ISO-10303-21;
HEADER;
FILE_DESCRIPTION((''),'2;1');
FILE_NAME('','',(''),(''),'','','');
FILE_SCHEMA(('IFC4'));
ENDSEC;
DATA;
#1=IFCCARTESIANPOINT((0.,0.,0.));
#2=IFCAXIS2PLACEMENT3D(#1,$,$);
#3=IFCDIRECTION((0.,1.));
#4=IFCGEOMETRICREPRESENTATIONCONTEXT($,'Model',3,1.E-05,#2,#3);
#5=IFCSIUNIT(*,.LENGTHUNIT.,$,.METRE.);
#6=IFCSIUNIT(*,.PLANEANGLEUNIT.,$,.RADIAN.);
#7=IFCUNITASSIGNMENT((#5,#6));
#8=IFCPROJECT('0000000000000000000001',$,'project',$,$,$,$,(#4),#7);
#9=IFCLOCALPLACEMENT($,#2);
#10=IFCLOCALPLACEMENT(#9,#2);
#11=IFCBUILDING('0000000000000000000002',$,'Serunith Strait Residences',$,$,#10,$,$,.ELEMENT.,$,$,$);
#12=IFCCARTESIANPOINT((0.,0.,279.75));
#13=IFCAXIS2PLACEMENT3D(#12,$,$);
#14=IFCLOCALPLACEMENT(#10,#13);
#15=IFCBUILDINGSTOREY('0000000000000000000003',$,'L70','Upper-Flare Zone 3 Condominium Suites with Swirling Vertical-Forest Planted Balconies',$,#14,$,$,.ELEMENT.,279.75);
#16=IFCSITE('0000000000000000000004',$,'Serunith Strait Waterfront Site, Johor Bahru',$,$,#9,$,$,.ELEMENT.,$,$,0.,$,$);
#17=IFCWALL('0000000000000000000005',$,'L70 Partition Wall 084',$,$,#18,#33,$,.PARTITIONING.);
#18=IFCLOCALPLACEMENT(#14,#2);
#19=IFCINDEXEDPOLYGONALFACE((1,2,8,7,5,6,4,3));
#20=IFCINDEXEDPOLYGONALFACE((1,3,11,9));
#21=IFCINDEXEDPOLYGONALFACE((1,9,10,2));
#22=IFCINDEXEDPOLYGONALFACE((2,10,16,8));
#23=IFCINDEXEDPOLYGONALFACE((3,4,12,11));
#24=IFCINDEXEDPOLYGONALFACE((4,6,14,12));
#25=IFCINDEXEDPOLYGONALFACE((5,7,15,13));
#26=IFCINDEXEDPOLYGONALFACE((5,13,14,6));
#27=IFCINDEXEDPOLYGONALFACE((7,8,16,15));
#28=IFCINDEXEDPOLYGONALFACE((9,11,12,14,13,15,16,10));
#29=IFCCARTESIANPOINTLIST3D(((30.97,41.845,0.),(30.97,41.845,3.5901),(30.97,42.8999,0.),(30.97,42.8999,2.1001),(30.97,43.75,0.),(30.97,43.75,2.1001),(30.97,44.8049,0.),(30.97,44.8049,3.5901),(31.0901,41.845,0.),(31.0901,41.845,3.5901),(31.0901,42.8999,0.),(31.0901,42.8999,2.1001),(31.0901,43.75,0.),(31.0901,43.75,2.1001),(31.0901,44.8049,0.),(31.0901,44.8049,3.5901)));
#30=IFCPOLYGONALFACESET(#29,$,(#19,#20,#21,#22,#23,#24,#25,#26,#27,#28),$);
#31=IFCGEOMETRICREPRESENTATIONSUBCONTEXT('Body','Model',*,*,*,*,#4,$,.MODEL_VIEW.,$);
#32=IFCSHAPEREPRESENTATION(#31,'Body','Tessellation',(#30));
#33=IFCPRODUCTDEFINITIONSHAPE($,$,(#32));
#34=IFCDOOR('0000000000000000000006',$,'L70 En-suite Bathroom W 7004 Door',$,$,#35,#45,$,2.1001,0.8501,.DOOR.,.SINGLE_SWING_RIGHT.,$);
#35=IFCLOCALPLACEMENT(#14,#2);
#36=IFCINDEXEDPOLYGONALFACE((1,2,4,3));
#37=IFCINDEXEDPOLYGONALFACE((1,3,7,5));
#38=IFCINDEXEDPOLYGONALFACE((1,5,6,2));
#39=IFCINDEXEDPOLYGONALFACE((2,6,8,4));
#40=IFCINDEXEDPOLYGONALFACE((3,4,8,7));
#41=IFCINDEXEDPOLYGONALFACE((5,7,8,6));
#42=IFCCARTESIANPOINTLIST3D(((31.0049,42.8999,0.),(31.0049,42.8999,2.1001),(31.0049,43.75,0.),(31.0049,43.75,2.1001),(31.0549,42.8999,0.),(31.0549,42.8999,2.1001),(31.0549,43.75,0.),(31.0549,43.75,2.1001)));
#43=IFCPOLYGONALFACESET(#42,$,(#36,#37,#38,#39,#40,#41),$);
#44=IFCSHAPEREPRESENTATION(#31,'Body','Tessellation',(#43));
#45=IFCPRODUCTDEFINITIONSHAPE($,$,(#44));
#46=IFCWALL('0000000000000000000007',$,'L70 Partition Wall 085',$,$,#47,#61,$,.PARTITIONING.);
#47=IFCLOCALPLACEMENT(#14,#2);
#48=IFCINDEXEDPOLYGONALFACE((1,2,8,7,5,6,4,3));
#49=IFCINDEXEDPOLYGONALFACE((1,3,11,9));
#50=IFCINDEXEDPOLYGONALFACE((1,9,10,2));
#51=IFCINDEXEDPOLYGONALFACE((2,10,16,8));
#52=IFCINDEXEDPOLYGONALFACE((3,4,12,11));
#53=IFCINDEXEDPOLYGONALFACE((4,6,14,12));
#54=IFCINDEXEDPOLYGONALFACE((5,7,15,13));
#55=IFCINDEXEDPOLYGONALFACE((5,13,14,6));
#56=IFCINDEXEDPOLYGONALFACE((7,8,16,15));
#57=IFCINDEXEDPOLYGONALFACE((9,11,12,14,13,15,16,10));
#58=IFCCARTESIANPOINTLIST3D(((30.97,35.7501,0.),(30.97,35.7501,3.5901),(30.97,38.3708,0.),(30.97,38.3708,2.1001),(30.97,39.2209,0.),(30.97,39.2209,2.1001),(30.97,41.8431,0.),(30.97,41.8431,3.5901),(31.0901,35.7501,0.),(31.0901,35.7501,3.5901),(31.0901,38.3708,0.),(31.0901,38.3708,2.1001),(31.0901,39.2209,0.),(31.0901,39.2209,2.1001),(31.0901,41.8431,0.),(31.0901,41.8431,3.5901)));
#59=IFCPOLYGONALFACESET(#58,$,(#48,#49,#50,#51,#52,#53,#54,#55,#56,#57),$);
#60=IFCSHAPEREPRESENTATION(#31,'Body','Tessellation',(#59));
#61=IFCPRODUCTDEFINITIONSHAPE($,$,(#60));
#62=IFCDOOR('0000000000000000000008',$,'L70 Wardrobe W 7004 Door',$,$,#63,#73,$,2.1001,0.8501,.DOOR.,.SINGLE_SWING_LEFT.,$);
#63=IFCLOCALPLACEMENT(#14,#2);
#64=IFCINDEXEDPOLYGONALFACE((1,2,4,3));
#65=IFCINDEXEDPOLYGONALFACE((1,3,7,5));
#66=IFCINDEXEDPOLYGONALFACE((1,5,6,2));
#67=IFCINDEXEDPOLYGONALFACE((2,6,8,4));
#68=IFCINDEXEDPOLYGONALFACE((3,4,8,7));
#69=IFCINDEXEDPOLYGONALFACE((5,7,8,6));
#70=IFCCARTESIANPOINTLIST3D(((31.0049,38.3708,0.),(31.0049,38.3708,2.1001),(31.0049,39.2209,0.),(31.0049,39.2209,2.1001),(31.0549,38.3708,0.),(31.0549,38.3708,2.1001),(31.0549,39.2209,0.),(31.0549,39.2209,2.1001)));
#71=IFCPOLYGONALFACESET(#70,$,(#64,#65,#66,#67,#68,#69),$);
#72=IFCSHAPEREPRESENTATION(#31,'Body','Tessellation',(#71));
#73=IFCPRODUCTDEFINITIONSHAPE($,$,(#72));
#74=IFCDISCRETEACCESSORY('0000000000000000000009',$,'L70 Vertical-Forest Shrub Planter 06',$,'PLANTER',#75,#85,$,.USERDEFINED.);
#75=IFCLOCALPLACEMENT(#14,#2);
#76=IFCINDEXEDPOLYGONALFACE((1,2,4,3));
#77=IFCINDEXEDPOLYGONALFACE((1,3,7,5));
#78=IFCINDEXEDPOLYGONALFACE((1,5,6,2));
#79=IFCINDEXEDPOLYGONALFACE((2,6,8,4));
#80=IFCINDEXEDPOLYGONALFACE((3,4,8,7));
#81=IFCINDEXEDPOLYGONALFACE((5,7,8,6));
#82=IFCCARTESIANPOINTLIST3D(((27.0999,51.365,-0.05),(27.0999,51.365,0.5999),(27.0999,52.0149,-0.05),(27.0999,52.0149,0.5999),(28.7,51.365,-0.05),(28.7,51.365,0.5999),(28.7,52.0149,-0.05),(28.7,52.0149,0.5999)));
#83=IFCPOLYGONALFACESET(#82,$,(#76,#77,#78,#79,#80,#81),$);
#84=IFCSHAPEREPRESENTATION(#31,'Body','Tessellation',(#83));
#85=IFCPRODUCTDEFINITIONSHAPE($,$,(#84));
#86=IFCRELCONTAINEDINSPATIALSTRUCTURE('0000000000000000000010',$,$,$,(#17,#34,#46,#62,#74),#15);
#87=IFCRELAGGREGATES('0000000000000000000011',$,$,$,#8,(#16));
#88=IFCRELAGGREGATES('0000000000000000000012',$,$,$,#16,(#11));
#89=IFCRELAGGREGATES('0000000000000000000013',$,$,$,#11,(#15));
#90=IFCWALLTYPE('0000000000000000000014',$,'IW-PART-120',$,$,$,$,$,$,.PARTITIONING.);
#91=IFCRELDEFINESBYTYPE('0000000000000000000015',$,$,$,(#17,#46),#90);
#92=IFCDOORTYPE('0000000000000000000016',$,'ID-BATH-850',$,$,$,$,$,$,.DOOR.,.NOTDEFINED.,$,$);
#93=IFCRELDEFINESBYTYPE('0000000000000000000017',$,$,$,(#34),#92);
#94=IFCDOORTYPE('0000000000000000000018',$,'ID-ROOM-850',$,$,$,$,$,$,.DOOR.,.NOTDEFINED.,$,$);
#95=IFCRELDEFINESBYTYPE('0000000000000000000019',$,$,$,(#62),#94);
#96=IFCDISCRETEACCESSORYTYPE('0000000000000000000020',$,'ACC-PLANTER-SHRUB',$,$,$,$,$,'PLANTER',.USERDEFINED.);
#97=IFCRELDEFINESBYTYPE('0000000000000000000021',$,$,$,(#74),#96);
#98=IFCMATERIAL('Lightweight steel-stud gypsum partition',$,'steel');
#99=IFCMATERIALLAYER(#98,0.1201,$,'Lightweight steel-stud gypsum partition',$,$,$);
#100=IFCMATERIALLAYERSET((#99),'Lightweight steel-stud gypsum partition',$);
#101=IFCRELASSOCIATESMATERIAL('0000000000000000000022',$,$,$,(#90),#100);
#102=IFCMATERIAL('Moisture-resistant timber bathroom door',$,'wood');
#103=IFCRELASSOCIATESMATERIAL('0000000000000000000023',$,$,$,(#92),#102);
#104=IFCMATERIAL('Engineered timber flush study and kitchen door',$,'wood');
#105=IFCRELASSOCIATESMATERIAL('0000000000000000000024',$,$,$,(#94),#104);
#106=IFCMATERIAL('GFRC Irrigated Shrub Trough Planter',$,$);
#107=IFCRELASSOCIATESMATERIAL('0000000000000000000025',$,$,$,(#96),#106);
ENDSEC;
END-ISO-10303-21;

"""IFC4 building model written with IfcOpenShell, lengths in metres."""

from ifc_helpers import new_model, si_unit, direction, frame, frame_2d, origin, origin_2d, place, context, subcontext, project, spatial, rectangle, extrude, source, transform, mapped, material, layer, layer_set, type_object, element, fill, save


model = new_model("IFC4")

# Units and contexts
model_context = context("Model", 3, precision=1e-05, world=origin(), true_north=direction((0.0, 1.0)))
body_context = subcontext(model_context, "Body", "Model", "MODEL_VIEW")
ifc_project = project(units=[si_unit("LENGTHUNIT", "METRE"), si_unit("PLANEANGLEUNIT", "RADIAN")], contexts=[model_context])

# Site, building, storey
site_placement = place(None, origin())
site = spatial("IfcSite", under=ifc_project, at=site_placement, Name="Serunith Strait Waterfront Site, Johor Bahru", CompositionType="ELEMENT", RefElevation=0.0)
building_placement = place(site_placement, origin())
building = spatial("IfcBuilding", under=site, at=building_placement, Name="Serunith Strait Residences", CompositionType="ELEMENT")
storey_placement = place(building_placement, frame((0.0, 0.0, 279.75)))
storey = spatial("IfcBuildingStorey", under=building, at=storey_placement, Name="L70", Description="Upper-Flare Zone 3 Condominium Suites with Swirling Vertical-Forest Planted Balconies", CompositionType="ELEMENT", Elevation=279.75)

# Shared definitions
ifc_material_1 = material(Name="Lightweight steel-stud gypsum partition", Category="steel")
ifc_layer_1 = layer(ifc_material_1, 0.1201, Name="Lightweight steel-stud gypsum partition")
ifc_layer_set_1 = layer_set([ifc_layer_1], Name="Lightweight steel-stud gypsum partition")
wall_type = type_object("IfcWallType", Name="IW-PART-120", PredefinedType="PARTITIONING", material=ifc_layer_set_1)

# Walls, openings, doors
wall_1_placement = place(storey_placement, frame((31.03, 44.8049, 0.0), z_axis=(0.0, 0.0, 1.0), x_axis=(0.0, -1.0, 0.0)))
wall_1 = element("IfcWall", 1, at=wall_1_placement, inside=storey, type_object=wall_type, Name="L70 Partition Wall 084", PredefinedType="PARTITIONING", context=body_context, shape_type="SweptSolid", body=[
    extrude(rectangle(XDim=2.96, YDim=0.1201, at=frame_2d((1.48, 0.0))), origin(), (0.0, 0.0, 1.0), 3.5901),
])
opening_1_placement = place(wall_1_placement, frame((1.0549, 0.0, 0.0)))
opening_1 = element("IfcOpeningElement", 2, at=opening_1_placement, cuts=wall_1, PredefinedType="OPENING", context=body_context, shape_type="SweptSolid", body=[
    extrude(rectangle(XDim=0.8501, YDim=2.1001, at=frame_2d((0.425, 1.05))), frame((0.0, 0.0701, 0.0), z_axis=(0.0, -1.0, 0.0), x_axis=(1.0, 0.0, 0.0)), (0.0, 0.0, 1.0), 0.1401),
])
ifc_material_2 = material(Name="Moisture-resistant timber bathroom door", Category="wood")
door_type_1 = type_object("IfcDoorType", Name="ID-BATH-850", OperationType="NOTDEFINED", PredefinedType="DOOR", material=ifc_material_2)
shared_shape_1 = source(origin(), body_context, "Body", "SweptSolid", [
    extrude(rectangle(XDim=0.8501, YDim=2.1001, at=frame_2d((0.425, 1.05))), frame((0.0, 0.0249, 0.0), z_axis=(0.0, -1.0, 0.0), x_axis=(1.0, 0.0, 0.0)), (0.0, 0.0, 1.0), 0.05),
])
door_1_placement = place(opening_1_placement, origin())
door_1 = element("IfcDoor", 3, at=door_1_placement, inside=storey, type_object=door_type_1, Name="L70 En-suite Bathroom W 7004 Door", OperationType="SINGLE_SWING_RIGHT", OverallHeight=2.1001, OverallWidth=0.8501, PredefinedType="DOOR", context=body_context, shape_type="MappedRepresentation", body=[
    mapped(shared_shape_1, transform((0.0, 0.0, 0.0), scale=1.0)),
])
fill(opening_1, door_1)
wall_2_placement = place(storey_placement, frame((31.03, 41.843, 0.0), z_axis=(0.0, 0.0, 1.0), x_axis=(0.0, -1.0, 0.0)))
wall_2 = element("IfcWall", 4, at=wall_2_placement, inside=storey, type_object=wall_type, Name="L70 Partition Wall 085", PredefinedType="PARTITIONING", context=body_context, shape_type="SweptSolid", body=[
    extrude(rectangle(XDim=6.093, YDim=0.1201, at=frame_2d((3.0464, 0.0))), origin(), (0.0, 0.0, 1.0), 3.5901),
])
opening_2_placement = place(wall_2_placement, frame((2.6221, 0.0, 0.0)))
opening_2 = element("IfcOpeningElement", 5, at=opening_2_placement, cuts=wall_2, PredefinedType="OPENING", context=body_context, shape_type="SweptSolid", body=[
    extrude(rectangle(XDim=0.8501, YDim=2.1001, at=frame_2d((0.425, 1.05))), frame((0.0, 0.0701, 0.0), z_axis=(0.0, -1.0, 0.0), x_axis=(1.0, 0.0, 0.0)), (0.0, 0.0, 1.0), 0.1401),
])
ifc_material_3 = material(Name="Engineered timber flush study and kitchen door", Category="wood")
door_type_2 = type_object("IfcDoorType", Name="ID-ROOM-850", OperationType="NOTDEFINED", PredefinedType="DOOR", material=ifc_material_3)
door_2_placement = place(opening_2_placement, origin())
door_2 = element("IfcDoor", 6, at=door_2_placement, inside=storey, type_object=door_type_2, Name="L70 Wardrobe W 7004 Door", OperationType="SINGLE_SWING_LEFT", OverallHeight=2.1001, OverallWidth=0.8501, PredefinedType="DOOR", context=body_context, shape_type="MappedRepresentation", body=[
    mapped(shared_shape_1, transform((0.0, 0.0, 0.0), scale=1.0)),
])
fill(opening_2, door_2)

# Discrete accessory
ifc_material_4 = material(Name="GFRC Irrigated Shrub Trough Planter")
discrete_accessory_type = type_object("IfcDiscreteAccessoryType", Name="ACC-PLANTER-SHRUB", ElementType="PLANTER", PredefinedType="USERDEFINED", material=ifc_material_4)
shared_shape_2 = source(origin(), body_context, "Body", "SweptSolid", [
    extrude(rectangle(XDim=1.6001, YDim=0.6499, at=origin_2d()), origin(), (0.0, 0.0, 1.0), 0.6499),
])
discrete_accessory_placement = place(storey_placement, frame((27.8999, 51.6899, -0.05), z_axis=(0.0, 0.0, 1.0), x_axis=(-1.0, 0.0, 0.0)))
element("IfcDiscreteAccessory", 7, at=discrete_accessory_placement, inside=storey, type_object=discrete_accessory_type, Name="L70 Vertical-Forest Shrub Planter 06", ObjectType="PLANTER", PredefinedType="USERDEFINED", context=body_context, shape_type="MappedRepresentation", body=[
    mapped(shared_shape_2, transform((0.0, 0.0, 0.0), scale=1.0)),
])

save(model, "model.ifc")
